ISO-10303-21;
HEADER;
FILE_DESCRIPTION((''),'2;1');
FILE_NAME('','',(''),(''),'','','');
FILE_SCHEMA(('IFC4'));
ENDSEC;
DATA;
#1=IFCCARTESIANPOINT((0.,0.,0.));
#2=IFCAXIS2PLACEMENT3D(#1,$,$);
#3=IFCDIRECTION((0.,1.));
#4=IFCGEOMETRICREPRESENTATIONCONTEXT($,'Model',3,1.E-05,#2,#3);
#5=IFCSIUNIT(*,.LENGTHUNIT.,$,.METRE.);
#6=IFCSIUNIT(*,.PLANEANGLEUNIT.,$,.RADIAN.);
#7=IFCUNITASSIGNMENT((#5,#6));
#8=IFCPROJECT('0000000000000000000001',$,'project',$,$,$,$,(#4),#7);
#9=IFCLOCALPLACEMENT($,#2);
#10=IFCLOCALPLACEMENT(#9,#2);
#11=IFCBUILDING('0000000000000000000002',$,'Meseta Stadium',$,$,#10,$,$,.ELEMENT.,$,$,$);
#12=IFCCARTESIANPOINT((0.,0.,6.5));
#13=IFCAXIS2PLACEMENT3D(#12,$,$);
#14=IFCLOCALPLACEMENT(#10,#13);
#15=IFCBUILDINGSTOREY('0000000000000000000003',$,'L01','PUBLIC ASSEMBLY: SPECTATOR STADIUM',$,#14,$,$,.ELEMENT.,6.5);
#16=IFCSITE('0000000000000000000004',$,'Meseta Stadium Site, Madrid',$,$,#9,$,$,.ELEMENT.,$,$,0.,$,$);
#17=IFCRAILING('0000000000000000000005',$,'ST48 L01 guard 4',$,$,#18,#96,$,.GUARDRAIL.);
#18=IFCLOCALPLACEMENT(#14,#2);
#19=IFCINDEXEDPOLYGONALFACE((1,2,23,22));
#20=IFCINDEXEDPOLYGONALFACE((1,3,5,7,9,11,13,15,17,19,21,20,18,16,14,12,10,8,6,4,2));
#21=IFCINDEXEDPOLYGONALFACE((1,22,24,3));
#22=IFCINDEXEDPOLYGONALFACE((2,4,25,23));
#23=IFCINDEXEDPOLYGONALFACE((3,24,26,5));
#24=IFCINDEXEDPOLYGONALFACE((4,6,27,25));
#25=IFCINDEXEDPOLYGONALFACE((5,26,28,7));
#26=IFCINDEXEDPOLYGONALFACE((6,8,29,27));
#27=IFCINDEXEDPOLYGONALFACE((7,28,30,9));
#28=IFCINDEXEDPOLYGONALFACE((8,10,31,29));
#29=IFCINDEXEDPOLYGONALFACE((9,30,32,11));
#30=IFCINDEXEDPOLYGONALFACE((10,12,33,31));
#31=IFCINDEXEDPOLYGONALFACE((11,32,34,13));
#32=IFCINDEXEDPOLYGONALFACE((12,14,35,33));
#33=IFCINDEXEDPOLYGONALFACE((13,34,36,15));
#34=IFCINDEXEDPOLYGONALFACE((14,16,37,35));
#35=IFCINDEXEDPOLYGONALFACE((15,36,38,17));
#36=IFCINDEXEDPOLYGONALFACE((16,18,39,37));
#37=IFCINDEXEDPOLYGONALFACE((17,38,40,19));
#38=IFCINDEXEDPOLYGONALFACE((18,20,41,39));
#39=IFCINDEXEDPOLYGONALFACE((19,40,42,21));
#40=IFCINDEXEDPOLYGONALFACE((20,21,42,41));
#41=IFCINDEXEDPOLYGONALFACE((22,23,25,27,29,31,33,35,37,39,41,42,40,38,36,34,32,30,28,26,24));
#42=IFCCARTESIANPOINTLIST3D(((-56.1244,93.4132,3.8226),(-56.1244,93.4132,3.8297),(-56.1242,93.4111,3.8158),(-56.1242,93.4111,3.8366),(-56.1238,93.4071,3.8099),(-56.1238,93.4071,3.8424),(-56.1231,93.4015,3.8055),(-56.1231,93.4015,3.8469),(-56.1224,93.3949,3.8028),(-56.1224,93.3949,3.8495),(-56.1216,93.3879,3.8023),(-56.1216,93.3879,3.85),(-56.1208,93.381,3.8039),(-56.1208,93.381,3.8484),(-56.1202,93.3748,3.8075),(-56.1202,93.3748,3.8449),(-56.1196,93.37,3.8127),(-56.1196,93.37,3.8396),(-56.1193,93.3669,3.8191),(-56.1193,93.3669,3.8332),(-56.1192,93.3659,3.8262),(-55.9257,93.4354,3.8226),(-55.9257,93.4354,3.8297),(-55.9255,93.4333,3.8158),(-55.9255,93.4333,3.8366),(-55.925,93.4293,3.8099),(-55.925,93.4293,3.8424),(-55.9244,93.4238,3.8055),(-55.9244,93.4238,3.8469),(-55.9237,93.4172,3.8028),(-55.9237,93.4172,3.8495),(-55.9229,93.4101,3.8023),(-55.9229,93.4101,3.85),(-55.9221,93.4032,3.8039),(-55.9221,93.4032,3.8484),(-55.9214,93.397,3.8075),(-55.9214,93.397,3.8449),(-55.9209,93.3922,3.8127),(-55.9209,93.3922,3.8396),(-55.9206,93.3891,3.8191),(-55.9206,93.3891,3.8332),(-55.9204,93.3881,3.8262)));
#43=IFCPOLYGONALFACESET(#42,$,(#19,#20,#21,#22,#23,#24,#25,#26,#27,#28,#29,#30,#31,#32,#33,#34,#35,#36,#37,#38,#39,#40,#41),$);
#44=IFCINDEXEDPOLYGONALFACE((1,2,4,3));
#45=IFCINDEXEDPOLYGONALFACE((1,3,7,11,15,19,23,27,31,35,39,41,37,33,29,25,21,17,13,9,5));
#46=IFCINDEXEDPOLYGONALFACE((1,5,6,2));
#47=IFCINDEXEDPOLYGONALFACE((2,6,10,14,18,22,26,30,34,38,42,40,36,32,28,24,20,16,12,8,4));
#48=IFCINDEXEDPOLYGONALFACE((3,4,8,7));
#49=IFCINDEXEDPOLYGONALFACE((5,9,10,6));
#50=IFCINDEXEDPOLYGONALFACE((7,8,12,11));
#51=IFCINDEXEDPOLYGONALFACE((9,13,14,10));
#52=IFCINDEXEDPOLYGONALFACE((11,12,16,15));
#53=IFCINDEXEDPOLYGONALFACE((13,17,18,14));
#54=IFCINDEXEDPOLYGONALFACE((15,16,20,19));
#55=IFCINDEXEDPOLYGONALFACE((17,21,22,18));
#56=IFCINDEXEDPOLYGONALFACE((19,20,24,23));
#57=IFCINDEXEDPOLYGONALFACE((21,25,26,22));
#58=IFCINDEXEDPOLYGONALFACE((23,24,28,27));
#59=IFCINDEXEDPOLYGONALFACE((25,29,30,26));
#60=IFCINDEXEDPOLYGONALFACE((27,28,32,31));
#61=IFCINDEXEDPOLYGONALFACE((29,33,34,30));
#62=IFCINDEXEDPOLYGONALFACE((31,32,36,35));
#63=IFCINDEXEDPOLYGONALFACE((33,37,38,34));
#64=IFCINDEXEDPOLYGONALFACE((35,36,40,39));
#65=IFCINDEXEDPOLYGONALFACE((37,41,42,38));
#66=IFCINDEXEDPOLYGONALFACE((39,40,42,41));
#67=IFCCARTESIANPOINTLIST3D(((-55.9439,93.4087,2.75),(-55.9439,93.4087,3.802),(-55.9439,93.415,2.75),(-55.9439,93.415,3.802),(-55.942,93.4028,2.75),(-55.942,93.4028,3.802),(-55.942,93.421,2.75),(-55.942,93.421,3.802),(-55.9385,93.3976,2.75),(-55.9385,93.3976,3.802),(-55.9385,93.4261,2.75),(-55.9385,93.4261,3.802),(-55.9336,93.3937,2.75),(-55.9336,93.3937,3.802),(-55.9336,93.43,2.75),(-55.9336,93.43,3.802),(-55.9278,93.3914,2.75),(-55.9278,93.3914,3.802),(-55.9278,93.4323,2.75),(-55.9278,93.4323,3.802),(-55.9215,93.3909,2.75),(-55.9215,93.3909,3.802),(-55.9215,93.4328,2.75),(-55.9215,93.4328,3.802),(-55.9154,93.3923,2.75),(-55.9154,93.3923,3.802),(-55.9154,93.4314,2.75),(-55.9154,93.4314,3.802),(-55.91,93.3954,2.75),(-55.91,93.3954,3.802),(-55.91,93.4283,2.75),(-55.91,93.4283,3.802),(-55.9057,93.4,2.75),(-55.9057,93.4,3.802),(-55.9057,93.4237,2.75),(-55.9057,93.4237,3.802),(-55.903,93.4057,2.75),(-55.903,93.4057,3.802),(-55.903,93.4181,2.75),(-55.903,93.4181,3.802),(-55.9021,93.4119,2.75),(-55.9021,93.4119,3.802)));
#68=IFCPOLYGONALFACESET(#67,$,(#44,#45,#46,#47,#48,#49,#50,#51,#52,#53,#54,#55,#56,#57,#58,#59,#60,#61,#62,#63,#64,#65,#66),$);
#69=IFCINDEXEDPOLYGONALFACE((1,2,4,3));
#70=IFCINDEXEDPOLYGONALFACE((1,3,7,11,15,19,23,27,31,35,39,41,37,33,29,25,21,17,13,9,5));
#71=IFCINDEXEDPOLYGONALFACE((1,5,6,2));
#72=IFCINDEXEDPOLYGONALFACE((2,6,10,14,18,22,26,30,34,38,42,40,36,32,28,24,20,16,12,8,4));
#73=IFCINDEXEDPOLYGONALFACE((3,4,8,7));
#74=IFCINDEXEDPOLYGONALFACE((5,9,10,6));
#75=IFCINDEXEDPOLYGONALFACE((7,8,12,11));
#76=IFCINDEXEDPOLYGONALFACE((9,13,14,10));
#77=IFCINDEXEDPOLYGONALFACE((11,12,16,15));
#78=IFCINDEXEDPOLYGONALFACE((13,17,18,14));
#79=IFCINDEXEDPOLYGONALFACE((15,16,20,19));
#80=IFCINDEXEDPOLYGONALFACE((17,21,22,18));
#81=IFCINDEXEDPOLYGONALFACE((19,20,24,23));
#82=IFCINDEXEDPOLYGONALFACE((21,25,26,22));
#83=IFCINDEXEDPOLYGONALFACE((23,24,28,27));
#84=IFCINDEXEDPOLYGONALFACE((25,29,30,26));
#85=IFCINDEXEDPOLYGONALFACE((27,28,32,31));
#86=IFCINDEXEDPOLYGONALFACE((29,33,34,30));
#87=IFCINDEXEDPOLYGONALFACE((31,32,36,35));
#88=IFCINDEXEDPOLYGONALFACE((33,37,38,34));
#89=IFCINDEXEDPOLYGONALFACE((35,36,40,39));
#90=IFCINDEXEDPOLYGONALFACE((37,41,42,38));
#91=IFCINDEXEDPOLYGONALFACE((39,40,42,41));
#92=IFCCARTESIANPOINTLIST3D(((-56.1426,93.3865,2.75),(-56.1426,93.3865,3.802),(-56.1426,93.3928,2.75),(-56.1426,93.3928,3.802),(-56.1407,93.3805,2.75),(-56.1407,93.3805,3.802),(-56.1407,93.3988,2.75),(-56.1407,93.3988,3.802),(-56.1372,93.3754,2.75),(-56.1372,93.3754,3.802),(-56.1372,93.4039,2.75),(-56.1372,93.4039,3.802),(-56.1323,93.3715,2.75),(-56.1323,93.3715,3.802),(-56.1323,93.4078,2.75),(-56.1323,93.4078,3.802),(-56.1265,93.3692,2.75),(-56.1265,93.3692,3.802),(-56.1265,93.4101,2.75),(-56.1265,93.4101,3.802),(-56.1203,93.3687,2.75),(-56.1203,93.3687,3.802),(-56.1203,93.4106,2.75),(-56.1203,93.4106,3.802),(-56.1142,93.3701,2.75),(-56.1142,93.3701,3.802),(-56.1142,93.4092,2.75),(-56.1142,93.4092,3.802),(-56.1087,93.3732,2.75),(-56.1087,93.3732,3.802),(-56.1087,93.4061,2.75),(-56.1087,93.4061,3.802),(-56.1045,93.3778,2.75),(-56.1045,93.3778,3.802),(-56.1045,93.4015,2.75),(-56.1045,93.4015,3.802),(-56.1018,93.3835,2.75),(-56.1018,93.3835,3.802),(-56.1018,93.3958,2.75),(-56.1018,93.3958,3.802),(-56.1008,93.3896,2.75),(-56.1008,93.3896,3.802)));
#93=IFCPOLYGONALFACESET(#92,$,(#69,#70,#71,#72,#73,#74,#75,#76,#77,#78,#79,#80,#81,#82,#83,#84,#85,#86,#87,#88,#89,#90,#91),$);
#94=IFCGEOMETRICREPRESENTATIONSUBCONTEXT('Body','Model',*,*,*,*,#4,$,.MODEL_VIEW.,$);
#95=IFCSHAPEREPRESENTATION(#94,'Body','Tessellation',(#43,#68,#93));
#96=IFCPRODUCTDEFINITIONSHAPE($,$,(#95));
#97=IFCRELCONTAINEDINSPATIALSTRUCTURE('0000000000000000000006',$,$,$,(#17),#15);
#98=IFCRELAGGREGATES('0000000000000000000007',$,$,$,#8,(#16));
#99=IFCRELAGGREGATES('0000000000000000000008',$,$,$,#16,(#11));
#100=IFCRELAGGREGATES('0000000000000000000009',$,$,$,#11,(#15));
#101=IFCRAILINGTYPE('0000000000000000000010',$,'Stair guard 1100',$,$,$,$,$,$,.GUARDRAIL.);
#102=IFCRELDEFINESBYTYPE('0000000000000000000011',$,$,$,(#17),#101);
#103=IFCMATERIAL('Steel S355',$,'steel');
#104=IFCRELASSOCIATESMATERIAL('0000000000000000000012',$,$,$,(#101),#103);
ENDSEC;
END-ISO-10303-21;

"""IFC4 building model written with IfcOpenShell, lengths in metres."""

from ifc_helpers import new_model, si_unit, direction, frame, origin, origin_2d, place, context, subcontext, project, spatial, circle, extrude, material, type_object, element, save


model = new_model("IFC4")

# Units and contexts
model_context = context("Model", 3, precision=1e-05, world=origin(), true_north=direction((0.0, 1.0)))
body_context = subcontext(model_context, "Body", "Model", "MODEL_VIEW")
ifc_project = project(units=[si_unit("LENGTHUNIT", "METRE"), si_unit("PLANEANGLEUNIT", "RADIAN")], contexts=[model_context])

# Site, building, storey
site_placement = place(None, origin())
site = spatial("IfcSite", under=ifc_project, at=site_placement, Name="Meseta Stadium Site, Madrid", CompositionType="ELEMENT", RefElevation=0.0)
building_placement = place(site_placement, origin())
building = spatial("IfcBuilding", under=site, at=building_placement, Name="Meseta Stadium", CompositionType="ELEMENT")
storey_placement = place(building_placement, frame((0.0, 0.0, 6.5)))
storey = spatial("IfcBuildingStorey", under=building, at=storey_placement, Name="L01", Description="PUBLIC ASSEMBLY: SPECTATOR STADIUM", CompositionType="ELEMENT", Elevation=6.5)

# Railing
ifc_material_1 = material(Name="Steel S355", Category="steel")
railing_type_1 = type_object("IfcRailingType", Name="Stair guard 1100", PredefinedType="GUARDRAIL", material=ifc_material_1)
railing_1_placement = place(storey_placement, frame((-55.9231, 93.4119, 2.75)))
element("IfcRailing", 1, at=railing_1_placement, inside=storey, type_object=railing_type_1, Name="ST48 L01 guard 4", PredefinedType="GUARDRAIL", context=body_context, shape_type="SweptSolid", body=[
    extrude(circle(Radius=0.0239, at=origin_2d()), frame((0.0, 0.0, 1.0762), z_axis=(-0.993809, -0.111102, 0.0), x_axis=(0.111102, -0.993809, 0.0)), (0.0, 0.0, 1.0), 0.2),
    extrude(circle(Radius=0.021, at=origin_2d()), origin(), (0.0, 0.0, 1.0), 1.052),
    extrude(circle(Radius=0.021, at=origin_2d()), frame((-0.1987, -0.0222, 0.0)), (0.0, 0.0, 1.0), 1.052),
])

save(model, "model.ifc")
